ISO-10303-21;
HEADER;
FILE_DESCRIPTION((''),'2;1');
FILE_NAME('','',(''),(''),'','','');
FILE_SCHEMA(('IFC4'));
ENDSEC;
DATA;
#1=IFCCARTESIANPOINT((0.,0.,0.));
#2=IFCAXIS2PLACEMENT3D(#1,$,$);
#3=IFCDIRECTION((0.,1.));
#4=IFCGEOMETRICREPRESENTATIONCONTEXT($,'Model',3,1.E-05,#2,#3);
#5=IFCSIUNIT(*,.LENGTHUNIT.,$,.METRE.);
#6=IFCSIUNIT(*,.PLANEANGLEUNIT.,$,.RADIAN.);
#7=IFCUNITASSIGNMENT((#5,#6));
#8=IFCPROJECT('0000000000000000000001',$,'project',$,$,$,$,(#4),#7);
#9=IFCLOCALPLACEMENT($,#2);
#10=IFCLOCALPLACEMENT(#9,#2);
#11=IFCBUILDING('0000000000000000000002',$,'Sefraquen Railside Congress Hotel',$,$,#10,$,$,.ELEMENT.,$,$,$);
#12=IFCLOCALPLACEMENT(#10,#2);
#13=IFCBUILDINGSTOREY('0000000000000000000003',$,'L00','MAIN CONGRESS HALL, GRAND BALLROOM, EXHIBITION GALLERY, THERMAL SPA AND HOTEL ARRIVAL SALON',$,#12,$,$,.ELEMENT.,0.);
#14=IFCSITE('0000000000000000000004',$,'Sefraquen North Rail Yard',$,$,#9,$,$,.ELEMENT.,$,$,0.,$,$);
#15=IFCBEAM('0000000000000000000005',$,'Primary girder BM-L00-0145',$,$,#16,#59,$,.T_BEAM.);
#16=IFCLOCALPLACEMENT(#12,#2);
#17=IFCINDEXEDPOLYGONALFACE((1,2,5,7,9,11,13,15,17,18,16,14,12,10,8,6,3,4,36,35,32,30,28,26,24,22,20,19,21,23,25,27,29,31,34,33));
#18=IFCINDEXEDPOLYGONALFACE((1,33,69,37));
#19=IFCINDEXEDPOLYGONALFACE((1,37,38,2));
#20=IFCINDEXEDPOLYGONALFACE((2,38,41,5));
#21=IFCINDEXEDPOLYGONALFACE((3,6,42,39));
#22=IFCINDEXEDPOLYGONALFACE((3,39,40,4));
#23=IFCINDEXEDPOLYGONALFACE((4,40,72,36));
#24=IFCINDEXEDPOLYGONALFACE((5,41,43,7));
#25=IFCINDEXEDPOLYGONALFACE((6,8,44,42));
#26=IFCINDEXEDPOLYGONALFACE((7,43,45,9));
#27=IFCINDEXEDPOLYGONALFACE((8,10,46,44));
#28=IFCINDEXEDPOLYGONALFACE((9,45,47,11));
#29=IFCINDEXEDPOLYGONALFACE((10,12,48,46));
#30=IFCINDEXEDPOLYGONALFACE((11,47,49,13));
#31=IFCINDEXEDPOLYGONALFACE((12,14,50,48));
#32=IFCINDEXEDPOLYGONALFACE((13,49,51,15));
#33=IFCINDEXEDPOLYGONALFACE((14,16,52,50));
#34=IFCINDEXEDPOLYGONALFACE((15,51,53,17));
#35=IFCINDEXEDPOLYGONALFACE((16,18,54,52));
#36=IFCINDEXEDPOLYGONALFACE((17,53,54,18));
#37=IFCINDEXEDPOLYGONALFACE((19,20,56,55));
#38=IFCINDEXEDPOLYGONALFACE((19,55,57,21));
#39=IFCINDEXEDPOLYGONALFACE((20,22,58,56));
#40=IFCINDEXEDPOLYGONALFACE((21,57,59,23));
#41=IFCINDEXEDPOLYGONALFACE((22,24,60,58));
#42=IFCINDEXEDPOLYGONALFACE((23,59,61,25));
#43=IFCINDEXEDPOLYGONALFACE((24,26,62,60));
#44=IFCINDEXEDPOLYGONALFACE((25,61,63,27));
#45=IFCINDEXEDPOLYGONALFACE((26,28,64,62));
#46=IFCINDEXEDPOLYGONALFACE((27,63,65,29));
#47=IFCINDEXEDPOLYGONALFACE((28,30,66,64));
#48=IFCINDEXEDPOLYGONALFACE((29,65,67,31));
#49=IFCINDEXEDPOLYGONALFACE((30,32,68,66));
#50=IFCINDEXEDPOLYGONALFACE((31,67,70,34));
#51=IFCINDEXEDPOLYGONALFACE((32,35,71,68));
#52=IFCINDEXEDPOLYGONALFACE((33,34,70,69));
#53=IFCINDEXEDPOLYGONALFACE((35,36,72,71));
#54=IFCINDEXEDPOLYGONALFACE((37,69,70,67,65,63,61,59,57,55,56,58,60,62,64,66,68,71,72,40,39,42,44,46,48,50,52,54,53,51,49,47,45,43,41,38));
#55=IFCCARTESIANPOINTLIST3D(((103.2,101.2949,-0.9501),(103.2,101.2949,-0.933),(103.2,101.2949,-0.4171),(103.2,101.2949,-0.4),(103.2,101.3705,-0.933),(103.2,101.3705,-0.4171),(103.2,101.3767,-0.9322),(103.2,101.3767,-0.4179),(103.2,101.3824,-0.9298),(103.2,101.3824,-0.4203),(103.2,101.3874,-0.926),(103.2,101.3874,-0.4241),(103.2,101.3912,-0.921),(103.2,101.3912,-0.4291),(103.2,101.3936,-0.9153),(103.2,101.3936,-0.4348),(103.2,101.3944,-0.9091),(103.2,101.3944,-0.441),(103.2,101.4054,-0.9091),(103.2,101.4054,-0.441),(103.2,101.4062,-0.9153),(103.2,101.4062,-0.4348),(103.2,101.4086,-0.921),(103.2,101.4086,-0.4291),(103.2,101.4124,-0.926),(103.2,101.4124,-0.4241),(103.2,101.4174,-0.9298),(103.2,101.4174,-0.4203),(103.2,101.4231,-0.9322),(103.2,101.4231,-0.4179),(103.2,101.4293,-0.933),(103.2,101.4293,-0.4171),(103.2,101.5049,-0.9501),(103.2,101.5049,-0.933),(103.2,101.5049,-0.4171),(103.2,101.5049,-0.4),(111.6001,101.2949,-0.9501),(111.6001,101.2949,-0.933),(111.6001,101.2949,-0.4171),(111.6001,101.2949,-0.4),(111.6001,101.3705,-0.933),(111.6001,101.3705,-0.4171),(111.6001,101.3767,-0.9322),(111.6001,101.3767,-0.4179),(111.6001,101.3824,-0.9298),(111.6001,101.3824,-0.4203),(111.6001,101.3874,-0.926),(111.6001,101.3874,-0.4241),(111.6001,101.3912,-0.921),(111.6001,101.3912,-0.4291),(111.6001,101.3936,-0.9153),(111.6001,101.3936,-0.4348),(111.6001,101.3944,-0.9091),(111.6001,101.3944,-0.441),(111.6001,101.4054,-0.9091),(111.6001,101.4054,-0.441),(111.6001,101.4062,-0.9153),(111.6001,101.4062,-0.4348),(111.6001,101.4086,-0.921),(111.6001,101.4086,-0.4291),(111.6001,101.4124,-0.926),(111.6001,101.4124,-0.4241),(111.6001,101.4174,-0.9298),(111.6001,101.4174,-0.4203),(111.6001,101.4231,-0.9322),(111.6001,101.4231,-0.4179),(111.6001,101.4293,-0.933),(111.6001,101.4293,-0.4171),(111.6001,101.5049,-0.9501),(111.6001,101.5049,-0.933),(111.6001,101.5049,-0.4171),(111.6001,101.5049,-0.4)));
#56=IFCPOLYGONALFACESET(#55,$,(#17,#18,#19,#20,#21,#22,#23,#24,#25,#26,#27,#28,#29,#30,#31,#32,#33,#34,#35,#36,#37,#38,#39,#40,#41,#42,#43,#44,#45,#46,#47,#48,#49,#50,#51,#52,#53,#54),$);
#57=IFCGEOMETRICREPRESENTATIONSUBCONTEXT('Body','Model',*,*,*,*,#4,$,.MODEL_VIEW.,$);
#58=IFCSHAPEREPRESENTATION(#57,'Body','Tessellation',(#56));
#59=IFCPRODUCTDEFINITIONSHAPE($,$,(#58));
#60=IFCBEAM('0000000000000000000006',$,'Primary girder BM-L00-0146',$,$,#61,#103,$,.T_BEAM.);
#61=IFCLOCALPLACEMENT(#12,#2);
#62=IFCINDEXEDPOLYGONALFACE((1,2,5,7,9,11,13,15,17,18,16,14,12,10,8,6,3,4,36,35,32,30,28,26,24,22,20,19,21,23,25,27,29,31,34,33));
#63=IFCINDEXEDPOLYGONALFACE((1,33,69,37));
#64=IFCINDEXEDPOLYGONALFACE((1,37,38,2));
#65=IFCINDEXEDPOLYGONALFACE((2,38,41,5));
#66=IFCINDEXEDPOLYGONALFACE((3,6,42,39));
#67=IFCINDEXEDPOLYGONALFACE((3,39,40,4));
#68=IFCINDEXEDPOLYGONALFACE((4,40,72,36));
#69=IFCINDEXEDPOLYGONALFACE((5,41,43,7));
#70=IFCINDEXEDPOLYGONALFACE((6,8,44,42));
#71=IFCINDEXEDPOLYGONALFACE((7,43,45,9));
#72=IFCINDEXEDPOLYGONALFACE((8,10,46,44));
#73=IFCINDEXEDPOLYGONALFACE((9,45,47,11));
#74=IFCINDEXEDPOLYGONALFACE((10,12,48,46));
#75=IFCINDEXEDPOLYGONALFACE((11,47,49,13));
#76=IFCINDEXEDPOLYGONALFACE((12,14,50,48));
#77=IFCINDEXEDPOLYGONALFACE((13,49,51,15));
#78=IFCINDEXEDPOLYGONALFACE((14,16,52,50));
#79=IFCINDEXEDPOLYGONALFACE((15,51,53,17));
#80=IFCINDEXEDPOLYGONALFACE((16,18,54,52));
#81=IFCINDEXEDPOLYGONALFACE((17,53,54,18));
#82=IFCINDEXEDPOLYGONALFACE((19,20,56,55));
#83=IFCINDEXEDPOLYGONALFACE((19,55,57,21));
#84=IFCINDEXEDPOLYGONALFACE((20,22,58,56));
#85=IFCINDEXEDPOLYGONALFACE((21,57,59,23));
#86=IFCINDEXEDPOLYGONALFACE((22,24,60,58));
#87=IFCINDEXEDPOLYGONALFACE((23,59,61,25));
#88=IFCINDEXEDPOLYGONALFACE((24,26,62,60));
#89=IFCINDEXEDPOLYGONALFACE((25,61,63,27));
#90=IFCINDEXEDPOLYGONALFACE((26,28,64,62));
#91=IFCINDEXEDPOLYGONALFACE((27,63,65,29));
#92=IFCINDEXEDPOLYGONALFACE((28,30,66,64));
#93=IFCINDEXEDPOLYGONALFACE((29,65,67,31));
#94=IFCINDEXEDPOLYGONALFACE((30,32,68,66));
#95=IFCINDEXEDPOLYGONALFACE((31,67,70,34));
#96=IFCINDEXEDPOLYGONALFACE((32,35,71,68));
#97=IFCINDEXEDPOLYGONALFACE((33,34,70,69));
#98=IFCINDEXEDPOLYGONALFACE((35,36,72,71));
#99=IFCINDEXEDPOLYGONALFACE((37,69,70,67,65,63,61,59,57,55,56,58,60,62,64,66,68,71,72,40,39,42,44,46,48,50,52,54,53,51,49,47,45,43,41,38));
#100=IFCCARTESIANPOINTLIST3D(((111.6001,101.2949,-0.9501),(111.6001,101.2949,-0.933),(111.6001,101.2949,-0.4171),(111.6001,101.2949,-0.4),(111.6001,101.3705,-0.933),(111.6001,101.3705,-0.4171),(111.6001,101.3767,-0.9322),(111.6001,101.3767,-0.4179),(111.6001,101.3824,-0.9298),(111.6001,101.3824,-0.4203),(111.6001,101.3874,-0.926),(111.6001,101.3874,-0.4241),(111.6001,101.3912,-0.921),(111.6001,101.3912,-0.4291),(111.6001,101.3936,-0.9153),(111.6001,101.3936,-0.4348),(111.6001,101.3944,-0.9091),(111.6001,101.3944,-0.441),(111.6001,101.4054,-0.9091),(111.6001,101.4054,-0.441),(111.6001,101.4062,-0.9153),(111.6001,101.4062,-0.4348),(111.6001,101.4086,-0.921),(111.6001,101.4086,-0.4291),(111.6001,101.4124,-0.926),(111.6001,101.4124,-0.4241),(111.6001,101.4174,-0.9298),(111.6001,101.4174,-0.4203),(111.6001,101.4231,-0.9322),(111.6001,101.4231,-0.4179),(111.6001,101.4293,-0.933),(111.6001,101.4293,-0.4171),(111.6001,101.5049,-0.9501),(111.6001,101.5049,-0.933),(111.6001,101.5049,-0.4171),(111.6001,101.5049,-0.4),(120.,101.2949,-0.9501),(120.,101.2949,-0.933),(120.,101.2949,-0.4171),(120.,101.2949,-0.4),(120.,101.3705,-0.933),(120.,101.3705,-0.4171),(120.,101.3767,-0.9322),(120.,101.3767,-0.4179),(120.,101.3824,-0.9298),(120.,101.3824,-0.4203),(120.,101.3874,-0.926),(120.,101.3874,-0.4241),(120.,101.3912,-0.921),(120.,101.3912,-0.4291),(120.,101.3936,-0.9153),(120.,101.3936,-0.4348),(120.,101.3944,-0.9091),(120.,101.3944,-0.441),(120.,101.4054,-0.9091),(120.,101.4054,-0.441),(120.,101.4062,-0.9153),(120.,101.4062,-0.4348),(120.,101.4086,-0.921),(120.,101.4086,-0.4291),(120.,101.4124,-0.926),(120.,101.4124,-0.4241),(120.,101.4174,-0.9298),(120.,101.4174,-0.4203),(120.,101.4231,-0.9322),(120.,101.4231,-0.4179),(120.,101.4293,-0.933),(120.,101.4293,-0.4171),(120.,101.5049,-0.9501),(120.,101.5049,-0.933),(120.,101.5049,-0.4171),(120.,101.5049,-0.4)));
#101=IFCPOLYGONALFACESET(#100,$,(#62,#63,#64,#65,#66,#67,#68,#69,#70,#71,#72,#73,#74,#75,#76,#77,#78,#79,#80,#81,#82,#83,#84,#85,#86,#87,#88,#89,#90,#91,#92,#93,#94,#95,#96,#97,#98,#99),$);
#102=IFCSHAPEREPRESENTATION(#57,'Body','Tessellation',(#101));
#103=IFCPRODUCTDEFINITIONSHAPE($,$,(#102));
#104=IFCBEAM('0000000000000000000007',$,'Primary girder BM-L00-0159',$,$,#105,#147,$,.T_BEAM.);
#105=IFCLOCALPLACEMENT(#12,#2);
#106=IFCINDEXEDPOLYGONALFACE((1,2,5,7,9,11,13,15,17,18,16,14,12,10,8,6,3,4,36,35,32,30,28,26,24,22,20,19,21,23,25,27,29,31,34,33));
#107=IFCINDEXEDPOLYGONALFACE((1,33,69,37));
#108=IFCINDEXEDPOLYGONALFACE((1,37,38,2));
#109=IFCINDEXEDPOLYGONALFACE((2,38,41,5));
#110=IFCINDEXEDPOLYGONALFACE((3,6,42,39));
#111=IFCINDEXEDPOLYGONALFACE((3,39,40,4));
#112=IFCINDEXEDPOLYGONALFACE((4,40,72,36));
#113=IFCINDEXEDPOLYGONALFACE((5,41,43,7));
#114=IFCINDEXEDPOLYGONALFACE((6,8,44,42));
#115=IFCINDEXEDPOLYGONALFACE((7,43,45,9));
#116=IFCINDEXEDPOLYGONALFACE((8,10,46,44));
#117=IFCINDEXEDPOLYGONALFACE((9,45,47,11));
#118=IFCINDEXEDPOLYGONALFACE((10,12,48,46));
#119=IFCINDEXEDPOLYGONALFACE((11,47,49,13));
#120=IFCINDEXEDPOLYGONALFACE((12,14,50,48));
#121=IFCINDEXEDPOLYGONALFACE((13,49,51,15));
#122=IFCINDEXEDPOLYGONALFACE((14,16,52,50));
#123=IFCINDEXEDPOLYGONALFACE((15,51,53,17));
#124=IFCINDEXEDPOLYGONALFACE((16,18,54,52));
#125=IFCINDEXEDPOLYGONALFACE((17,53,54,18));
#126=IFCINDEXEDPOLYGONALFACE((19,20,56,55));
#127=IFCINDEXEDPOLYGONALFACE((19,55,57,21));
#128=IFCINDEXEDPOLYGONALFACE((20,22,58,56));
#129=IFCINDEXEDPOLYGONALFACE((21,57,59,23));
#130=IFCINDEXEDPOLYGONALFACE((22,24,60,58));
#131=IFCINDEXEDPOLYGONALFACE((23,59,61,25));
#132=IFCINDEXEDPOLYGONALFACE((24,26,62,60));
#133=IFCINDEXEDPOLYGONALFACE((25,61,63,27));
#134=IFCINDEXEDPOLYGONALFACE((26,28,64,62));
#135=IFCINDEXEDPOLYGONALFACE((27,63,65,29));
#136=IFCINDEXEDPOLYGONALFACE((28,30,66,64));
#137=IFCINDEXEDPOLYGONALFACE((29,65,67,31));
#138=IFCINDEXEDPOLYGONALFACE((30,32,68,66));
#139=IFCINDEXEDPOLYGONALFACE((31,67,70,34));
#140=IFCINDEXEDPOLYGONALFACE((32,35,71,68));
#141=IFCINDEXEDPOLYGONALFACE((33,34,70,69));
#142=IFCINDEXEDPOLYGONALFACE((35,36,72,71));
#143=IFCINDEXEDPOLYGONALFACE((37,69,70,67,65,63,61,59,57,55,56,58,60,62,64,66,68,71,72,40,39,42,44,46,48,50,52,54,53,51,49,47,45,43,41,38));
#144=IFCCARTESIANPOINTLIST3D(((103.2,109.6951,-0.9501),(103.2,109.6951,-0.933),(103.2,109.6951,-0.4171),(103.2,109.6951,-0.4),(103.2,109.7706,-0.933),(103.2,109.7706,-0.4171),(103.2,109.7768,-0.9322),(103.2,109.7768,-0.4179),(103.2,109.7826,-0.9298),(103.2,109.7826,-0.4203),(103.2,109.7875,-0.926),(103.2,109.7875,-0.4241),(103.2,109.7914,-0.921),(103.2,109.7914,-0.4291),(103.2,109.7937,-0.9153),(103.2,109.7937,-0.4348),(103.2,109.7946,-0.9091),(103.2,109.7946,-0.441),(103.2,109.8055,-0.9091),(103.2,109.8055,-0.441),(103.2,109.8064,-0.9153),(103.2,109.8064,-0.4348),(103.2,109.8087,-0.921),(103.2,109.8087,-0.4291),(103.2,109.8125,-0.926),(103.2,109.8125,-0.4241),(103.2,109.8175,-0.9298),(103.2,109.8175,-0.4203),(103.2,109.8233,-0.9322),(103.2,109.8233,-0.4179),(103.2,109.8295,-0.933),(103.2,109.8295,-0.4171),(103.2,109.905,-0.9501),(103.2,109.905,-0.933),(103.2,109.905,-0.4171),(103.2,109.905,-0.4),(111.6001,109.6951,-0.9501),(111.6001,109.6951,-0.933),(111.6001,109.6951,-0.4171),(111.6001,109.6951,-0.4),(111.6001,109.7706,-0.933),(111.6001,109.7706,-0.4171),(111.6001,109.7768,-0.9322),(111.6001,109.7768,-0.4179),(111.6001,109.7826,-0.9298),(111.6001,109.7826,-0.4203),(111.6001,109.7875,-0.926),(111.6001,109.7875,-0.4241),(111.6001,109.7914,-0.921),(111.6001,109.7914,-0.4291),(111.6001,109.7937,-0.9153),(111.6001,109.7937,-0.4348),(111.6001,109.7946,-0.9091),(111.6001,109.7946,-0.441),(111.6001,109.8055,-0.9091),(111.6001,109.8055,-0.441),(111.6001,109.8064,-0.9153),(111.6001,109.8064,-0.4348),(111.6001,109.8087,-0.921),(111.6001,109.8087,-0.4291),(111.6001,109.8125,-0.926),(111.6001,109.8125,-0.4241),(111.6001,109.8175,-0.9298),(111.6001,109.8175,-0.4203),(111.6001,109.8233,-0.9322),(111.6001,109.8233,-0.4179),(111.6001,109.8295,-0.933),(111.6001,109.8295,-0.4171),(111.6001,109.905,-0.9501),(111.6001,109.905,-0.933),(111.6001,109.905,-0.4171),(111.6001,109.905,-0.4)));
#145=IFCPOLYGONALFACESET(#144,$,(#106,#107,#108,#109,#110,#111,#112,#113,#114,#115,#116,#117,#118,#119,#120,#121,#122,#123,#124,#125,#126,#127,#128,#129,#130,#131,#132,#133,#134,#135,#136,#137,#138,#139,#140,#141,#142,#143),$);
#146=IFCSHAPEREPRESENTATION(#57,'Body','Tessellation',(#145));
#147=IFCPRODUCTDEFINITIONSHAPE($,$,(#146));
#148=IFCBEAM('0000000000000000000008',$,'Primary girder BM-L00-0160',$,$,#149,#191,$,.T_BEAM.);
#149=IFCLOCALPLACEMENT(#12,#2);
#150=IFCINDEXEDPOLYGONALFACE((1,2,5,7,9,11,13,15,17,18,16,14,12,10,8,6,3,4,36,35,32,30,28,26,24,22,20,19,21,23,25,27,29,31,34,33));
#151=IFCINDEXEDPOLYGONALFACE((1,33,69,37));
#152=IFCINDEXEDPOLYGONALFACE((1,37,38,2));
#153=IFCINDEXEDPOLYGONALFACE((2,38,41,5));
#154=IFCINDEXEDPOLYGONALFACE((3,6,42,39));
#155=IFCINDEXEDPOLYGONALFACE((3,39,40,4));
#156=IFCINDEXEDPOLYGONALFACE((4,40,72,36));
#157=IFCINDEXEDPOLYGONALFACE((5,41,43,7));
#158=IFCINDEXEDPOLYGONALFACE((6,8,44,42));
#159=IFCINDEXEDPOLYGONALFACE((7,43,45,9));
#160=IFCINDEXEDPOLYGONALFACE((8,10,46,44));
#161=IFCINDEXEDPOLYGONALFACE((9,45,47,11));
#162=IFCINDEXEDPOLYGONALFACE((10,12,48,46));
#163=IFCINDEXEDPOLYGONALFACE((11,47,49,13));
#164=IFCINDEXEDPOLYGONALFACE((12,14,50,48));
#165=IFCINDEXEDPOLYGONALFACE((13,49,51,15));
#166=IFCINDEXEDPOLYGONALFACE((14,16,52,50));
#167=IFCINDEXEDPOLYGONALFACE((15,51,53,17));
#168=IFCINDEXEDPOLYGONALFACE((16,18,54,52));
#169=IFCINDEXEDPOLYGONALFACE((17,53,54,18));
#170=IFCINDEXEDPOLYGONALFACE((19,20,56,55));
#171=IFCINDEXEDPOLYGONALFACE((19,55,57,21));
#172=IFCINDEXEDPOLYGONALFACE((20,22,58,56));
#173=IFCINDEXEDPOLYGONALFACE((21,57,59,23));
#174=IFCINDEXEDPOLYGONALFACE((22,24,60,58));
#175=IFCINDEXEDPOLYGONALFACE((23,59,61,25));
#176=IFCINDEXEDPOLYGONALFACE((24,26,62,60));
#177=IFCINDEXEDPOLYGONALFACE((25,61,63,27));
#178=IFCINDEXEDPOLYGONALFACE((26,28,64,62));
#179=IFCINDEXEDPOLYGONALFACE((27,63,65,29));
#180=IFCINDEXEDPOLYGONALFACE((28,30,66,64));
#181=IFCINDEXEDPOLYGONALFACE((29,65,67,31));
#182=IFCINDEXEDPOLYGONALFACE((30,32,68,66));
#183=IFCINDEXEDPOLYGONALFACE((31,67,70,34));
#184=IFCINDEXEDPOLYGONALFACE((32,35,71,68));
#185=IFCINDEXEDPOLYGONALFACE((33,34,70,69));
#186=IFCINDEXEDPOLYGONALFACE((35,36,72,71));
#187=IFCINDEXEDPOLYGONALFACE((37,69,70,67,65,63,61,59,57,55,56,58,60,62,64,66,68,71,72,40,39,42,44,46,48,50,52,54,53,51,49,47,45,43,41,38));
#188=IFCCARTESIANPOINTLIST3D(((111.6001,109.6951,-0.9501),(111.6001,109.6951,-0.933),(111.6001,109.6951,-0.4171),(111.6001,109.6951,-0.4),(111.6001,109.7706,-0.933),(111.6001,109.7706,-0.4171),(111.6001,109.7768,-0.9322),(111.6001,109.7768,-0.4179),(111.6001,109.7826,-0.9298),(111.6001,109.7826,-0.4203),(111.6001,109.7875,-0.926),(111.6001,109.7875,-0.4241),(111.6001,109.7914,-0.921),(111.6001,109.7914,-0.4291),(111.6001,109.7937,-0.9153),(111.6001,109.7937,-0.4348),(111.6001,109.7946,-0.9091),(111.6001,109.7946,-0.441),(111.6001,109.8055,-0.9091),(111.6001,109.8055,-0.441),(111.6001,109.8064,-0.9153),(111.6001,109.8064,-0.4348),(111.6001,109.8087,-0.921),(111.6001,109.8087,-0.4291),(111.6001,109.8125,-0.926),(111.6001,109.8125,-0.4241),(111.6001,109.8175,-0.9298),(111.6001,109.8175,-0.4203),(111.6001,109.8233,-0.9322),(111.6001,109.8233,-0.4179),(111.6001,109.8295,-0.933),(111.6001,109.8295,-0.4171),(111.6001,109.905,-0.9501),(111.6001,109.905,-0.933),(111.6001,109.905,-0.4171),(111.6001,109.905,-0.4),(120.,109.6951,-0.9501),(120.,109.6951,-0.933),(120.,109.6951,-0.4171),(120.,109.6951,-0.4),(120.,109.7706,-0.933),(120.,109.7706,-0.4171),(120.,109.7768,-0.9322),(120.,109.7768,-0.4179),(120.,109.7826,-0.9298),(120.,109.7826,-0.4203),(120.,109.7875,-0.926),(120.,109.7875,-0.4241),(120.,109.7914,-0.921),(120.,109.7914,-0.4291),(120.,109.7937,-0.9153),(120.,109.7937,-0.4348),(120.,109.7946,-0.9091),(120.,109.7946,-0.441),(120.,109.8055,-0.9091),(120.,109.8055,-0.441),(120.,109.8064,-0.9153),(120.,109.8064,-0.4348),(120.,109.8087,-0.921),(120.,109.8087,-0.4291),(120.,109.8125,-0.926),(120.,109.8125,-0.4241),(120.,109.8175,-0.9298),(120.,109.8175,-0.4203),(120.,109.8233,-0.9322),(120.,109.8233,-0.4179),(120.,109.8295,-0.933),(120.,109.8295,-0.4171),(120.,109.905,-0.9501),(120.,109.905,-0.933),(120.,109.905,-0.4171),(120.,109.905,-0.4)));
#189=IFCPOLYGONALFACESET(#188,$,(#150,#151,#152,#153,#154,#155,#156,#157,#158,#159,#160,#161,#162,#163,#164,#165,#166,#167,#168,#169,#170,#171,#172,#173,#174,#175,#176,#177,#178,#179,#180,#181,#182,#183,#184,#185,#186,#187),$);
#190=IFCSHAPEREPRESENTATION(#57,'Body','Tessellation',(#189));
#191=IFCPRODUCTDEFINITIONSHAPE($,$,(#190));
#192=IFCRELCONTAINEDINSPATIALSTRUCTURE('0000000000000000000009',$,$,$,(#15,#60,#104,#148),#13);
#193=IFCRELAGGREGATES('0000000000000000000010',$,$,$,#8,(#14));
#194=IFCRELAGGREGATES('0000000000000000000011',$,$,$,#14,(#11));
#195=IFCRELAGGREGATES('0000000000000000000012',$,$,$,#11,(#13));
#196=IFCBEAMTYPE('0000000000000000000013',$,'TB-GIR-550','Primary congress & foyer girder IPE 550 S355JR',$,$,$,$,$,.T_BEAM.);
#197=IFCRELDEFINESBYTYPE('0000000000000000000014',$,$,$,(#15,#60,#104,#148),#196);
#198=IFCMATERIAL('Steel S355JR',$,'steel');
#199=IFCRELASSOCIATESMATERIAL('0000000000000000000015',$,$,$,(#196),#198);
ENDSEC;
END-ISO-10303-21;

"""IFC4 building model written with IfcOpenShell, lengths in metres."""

from ifc_helpers import new_model, si_unit, direction, frame, origin, origin_2d, place, context, subcontext, project, spatial, i_section, extrude, material, material_profile, profile_set, type_object, element, save


model = new_model("IFC4")

# Units and contexts
model_context = context("Model", 3, precision=1e-05, world=origin(), true_north=direction((0.0, 1.0)))
body_context = subcontext(model_context, "Body", "Model", "MODEL_VIEW")
ifc_project = project(units=[si_unit("LENGTHUNIT", "METRE"), si_unit("PLANEANGLEUNIT", "RADIAN")], contexts=[model_context])

# Site, building, storey
site_placement = place(None, origin())
site = spatial("IfcSite", under=ifc_project, at=site_placement, Name="Sefraquen North Rail Yard", CompositionType="ELEMENT", RefElevation=0.0)
building_placement = place(site_placement, origin())
building = spatial("IfcBuilding", under=site, at=building_placement, Name="Sefraquen Railside Congress Hotel", CompositionType="ELEMENT")
storey_placement = place(building_placement, origin())
storey = spatial("IfcBuildingStorey", under=building, at=storey_placement, Name="L00", Description="MAIN CONGRESS HALL, GRAND BALLROOM, EXHIBITION GALLERY, THERMAL SPA AND HOTEL ARRIVAL SALON", CompositionType="ELEMENT", Elevation=0.0)

# Shared definitions
ifc_material_1 = material(Name="Steel S355JR", Category="steel")

# Beams
ifc_material_profile_1 = material_profile(ifc_material_1, i_section(OverallWidth=0.21, OverallDepth=0.55, WebThickness=0.011, FlangeThickness=0.0171, FilletRadius=0.0239, at=origin_2d()), Name="IPE 550")
ifc_profile_set_1 = profile_set([ifc_material_profile_1], Name="Steel S355JR")
beam_type_1 = type_object("IfcBeamType", Name="TB-GIR-550", Description="Primary congress & foyer girder IPE 550 S355JR", PredefinedType="T_BEAM", material=ifc_profile_set_1)
beam_1_placement = place(storey_placement, frame((103.2, 101.3999, -0.675), z_axis=(1.0, 0.0, 0.0), x_axis=(0.0, 1.0, 0.0)))
element("IfcBeam", 1, at=beam_1_placement, inside=storey, type_object=beam_type_1, Name="Primary girder BM-L00-0145", PredefinedType="T_BEAM", context=body_context, shape_type="SweptSolid", body=[
    extrude(i_section(OverallWidth=0.21, OverallDepth=0.55, WebThickness=0.011, FlangeThickness=0.0171, FilletRadius=0.0239, at=origin_2d()), origin(), (0.0, 0.0, 1.0), 8.4001),
])
beam_2_placement = place(storey_placement, frame((111.6001, 101.3999, -0.675), z_axis=(1.0, 0.0, 0.0), x_axis=(0.0, 1.0, 0.0)))
element("IfcBeam", 2, at=beam_2_placement, inside=storey, type_object=beam_type_1, Name="Primary girder BM-L00-0146", PredefinedType="T_BEAM", context=body_context, shape_type="SweptSolid", body=[
    extrude(i_section(OverallWidth=0.21, OverallDepth=0.55, WebThickness=0.011, FlangeThickness=0.0171, FilletRadius=0.0239, at=origin_2d()), origin(), (0.0, 0.0, 1.0), 8.3999),
])
beam_3_placement = place(storey_placement, frame((103.2, 109.8, -0.675), z_axis=(1.0, 0.0, 0.0), x_axis=(0.0, 1.0, 0.0)))
element("IfcBeam", 3, at=beam_3_placement, inside=storey, type_object=beam_type_1, Name="Primary girder BM-L00-0159", PredefinedType="T_BEAM", context=body_context, shape_type="SweptSolid", body=[
    extrude(i_section(OverallWidth=0.21, OverallDepth=0.55, WebThickness=0.011, FlangeThickness=0.0171, FilletRadius=0.0239, at=origin_2d()), origin(), (0.0, 0.0, 1.0), 8.4001),
])
beam_4_placement = place(storey_placement, frame((111.6001, 109.8, -0.675), z_axis=(1.0, 0.0, 0.0), x_axis=(0.0, 1.0, 0.0)))
element("IfcBeam", 4, at=beam_4_placement, inside=storey, type_object=beam_type_1, Name="Primary girder BM-L00-0160", PredefinedType="T_BEAM", context=body_context, shape_type="SweptSolid", body=[
    extrude(i_section(OverallWidth=0.21, OverallDepth=0.55, WebThickness=0.011, FlangeThickness=0.0171, FilletRadius=0.0239, at=origin_2d()), origin(), (0.0, 0.0, 1.0), 8.3999),
])

save(model, "model.ifc")
